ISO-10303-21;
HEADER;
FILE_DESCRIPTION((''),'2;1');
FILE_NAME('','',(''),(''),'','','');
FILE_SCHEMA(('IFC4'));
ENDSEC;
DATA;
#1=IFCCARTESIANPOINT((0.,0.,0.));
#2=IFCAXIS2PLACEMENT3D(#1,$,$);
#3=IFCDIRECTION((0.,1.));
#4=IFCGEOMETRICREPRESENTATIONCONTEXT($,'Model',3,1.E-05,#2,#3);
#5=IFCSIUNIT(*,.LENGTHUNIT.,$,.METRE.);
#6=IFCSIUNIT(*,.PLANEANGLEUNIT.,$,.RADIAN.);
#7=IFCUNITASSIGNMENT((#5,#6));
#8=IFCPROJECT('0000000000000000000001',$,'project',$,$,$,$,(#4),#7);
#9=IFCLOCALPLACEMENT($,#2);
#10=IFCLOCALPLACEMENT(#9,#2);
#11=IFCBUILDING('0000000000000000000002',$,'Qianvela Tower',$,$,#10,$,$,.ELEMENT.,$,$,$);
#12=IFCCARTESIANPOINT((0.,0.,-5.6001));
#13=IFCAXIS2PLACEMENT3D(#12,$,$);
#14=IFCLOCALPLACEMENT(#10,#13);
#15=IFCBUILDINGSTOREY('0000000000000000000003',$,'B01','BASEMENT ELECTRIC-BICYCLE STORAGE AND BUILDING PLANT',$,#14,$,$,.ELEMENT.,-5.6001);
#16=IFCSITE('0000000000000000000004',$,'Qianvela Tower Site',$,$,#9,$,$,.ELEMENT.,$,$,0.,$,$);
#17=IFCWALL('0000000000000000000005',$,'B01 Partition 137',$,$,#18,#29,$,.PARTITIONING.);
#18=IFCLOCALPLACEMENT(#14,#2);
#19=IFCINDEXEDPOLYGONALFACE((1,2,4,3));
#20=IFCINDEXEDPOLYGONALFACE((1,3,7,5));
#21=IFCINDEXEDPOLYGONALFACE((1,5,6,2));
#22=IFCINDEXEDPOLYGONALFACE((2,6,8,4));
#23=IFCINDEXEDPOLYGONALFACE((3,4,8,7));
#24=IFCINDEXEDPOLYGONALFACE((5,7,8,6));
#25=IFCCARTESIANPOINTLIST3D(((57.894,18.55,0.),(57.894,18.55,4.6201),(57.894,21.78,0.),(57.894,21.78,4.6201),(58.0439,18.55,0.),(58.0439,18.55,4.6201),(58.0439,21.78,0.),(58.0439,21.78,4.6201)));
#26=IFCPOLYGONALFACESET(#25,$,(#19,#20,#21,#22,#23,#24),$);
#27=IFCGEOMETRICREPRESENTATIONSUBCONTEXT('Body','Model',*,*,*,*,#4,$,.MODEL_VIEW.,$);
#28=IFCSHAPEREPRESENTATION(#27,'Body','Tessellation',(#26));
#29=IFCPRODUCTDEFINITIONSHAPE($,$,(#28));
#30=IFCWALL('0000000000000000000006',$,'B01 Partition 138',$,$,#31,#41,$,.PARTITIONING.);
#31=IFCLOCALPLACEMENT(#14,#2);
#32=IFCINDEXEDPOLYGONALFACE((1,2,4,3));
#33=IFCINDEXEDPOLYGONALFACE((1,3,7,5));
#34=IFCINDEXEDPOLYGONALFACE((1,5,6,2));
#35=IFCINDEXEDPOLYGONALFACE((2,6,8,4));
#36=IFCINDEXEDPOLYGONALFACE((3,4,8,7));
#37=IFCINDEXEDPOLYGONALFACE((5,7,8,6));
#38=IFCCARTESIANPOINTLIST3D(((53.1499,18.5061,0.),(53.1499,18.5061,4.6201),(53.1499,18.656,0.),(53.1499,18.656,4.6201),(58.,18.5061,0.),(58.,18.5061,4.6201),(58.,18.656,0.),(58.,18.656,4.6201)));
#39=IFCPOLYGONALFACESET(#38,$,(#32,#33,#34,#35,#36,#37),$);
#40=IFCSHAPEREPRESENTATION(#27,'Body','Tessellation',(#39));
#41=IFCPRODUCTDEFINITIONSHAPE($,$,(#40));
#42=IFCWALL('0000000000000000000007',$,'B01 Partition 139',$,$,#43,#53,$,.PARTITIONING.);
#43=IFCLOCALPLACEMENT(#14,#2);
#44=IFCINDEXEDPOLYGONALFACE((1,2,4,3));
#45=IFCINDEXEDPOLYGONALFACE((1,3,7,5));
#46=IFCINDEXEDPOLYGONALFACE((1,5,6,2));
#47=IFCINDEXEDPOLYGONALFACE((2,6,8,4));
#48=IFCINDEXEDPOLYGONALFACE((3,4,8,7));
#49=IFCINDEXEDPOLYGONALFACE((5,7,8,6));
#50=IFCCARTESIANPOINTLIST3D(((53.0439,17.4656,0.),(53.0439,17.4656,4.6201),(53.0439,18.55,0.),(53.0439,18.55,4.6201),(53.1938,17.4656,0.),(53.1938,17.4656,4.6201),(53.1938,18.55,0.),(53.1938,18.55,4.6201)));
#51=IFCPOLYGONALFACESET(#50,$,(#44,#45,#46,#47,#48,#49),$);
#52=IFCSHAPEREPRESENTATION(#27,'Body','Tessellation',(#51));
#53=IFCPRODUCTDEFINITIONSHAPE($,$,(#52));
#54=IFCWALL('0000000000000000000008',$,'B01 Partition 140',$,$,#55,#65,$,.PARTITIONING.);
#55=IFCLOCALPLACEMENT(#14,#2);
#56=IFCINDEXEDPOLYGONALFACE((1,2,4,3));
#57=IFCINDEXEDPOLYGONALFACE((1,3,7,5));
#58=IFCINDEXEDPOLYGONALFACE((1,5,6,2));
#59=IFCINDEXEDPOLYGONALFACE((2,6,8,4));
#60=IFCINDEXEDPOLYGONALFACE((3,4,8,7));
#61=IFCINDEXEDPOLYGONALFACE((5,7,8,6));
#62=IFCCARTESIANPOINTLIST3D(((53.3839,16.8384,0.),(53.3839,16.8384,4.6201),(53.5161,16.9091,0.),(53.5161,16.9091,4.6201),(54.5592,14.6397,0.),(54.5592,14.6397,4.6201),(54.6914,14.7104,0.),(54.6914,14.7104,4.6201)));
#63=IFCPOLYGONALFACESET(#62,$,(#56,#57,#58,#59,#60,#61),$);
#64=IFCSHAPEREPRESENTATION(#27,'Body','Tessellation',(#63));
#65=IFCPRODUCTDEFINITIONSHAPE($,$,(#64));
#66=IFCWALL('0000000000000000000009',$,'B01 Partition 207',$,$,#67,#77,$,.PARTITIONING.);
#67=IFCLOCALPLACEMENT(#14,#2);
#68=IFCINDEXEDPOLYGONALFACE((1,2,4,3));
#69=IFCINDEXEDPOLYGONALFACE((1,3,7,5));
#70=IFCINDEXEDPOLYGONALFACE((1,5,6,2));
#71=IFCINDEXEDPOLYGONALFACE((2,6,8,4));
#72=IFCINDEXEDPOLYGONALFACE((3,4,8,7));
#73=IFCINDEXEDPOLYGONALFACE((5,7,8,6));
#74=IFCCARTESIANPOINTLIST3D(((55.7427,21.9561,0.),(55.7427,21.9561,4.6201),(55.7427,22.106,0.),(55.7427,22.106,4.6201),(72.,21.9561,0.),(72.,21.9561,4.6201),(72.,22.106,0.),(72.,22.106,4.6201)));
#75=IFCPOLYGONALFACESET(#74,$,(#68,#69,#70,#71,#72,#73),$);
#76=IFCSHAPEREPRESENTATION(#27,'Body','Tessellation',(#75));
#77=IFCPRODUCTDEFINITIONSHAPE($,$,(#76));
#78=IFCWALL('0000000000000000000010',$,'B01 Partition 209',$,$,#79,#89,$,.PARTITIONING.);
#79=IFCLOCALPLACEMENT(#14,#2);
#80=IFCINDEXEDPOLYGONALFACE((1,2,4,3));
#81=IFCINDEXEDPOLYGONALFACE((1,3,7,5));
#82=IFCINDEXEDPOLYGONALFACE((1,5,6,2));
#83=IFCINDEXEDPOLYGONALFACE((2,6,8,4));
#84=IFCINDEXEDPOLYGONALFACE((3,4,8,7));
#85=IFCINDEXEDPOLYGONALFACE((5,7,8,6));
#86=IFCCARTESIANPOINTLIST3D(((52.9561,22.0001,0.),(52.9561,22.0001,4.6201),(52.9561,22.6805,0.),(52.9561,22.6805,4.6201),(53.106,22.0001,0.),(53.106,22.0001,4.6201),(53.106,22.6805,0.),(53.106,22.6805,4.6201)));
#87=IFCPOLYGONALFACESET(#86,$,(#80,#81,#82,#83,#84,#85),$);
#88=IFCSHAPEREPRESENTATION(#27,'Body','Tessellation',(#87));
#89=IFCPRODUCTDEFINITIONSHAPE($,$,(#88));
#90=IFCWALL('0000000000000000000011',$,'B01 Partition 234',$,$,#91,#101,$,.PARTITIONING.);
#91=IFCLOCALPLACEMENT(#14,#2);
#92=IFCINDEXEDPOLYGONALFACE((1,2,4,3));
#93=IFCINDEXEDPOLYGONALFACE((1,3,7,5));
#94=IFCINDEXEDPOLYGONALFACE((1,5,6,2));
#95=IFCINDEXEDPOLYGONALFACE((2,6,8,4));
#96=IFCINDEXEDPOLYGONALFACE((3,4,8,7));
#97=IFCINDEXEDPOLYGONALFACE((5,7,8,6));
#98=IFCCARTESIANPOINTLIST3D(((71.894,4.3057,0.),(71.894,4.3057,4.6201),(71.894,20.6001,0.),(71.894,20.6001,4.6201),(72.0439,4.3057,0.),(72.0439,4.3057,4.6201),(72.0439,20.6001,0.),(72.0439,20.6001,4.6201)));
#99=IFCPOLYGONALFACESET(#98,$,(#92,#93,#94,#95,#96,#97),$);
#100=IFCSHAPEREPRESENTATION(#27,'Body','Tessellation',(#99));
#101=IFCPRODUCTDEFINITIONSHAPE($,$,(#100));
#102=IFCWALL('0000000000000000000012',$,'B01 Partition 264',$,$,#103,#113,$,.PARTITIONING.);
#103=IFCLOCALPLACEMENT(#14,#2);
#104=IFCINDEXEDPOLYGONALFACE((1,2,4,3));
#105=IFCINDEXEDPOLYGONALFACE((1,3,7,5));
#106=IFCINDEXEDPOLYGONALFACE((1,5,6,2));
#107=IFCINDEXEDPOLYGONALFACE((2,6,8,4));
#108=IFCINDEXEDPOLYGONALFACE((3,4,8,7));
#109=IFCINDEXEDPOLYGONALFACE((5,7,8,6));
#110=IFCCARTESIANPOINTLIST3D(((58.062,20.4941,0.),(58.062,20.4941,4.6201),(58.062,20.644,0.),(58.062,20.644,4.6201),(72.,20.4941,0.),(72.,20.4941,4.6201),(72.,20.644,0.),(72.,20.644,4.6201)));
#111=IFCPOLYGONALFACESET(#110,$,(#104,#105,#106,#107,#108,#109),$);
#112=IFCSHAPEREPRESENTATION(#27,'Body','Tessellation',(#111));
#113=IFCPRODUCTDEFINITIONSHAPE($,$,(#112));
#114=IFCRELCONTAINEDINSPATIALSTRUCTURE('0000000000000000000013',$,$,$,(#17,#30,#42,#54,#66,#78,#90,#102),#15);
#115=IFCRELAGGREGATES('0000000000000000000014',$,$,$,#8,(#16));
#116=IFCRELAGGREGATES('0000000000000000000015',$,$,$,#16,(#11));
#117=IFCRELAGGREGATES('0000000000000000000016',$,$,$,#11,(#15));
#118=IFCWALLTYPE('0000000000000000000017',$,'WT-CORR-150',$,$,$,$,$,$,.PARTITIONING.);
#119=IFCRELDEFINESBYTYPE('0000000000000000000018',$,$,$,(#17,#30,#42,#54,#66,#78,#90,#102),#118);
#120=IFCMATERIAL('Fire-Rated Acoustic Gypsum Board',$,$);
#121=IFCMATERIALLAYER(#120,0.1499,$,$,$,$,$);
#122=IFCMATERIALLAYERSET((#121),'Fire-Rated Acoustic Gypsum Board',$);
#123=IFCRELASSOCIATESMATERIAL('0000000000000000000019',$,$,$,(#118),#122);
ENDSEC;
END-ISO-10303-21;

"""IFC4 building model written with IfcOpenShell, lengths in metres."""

from ifc_helpers import new_model, si_unit, direction, frame, frame_2d, origin, place, context, subcontext, project, spatial, rectangle, extrude, material, layer, layer_set, type_object, element, save


model = new_model("IFC4")

# Units and contexts
model_context = context("Model", 3, precision=1e-05, world=origin(), true_north=direction((0.0, 1.0)))
body_context = subcontext(model_context, "Body", "Model", "MODEL_VIEW")
ifc_project = project(units=[si_unit("LENGTHUNIT", "METRE"), si_unit("PLANEANGLEUNIT", "RADIAN")], contexts=[model_context])

# Site, building, storey
site_placement = place(None, origin())
site = spatial("IfcSite", under=ifc_project, at=site_placement, Name="Qianvela Tower Site", CompositionType="ELEMENT", RefElevation=0.0)
building_placement = place(site_placement, origin())
building = spatial("IfcBuilding", under=site, at=building_placement, Name="Qianvela Tower", CompositionType="ELEMENT")
storey_placement = place(building_placement, frame((0.0, 0.0, -5.6001)))
storey = spatial("IfcBuildingStorey", under=building, at=storey_placement, Name="B01", Description="BASEMENT ELECTRIC-BICYCLE STORAGE AND BUILDING PLANT", CompositionType="ELEMENT", Elevation=-5.6001)

# Walls
ifc_material_1 = material(Name="Fire-Rated Acoustic Gypsum Board")
ifc_layer = layer(ifc_material_1, 0.1499)
ifc_layer_set = layer_set([ifc_layer], Name="Fire-Rated Acoustic Gypsum Board")
wall_type = type_object("IfcWallType", Name="WT-CORR-150", PredefinedType="PARTITIONING", material=ifc_layer_set)
wall_1_placement = place(storey_placement, frame((57.969, 21.78, 0.0), z_axis=(0.0, 0.0, 1.0), x_axis=(0.0, -1.0, 0.0)))
element("IfcWall", 1, at=wall_1_placement, inside=storey, type_object=wall_type, Name="B01 Partition 137", PredefinedType="PARTITIONING", context=body_context, shape_type="SweptSolid", body=[
    extrude(rectangle(XDim=3.23, YDim=0.1499, at=frame_2d((1.615, 0.0))), origin(), (0.0, 0.0, 1.0), 4.6201),
])
wall_2_placement = place(storey_placement, frame((58.0, 18.5811, 0.0), z_axis=(0.0, 0.0, 1.0), x_axis=(-1.0, 0.0, 0.0)))
element("IfcWall", 2, at=wall_2_placement, inside=storey, type_object=wall_type, Name="B01 Partition 138", PredefinedType="PARTITIONING", context=body_context, shape_type="SweptSolid", body=[
    extrude(rectangle(XDim=4.8501, YDim=0.1499, at=frame_2d((2.425, 0.0))), origin(), (0.0, 0.0, 1.0), 4.6201),
])
wall_3_placement = place(storey_placement, frame((53.1189, 18.55, 0.0), z_axis=(0.0, 0.0, 1.0), x_axis=(0.0, -1.0, 0.0)))
element("IfcWall", 3, at=wall_3_placement, inside=storey, type_object=wall_type, Name="B01 Partition 139", PredefinedType="PARTITIONING", context=body_context, shape_type="SweptSolid", body=[
    extrude(rectangle(XDim=1.0845, YDim=0.1499, at=frame_2d((0.5422, 0.0))), origin(), (0.0, 0.0, 1.0), 4.6201),
])
wall_4_placement = place(storey_placement, frame((53.45, 16.8738, 0.0), z_axis=(0.0, 0.0, 1.0), x_axis=(0.471411, -0.881913, 0.0)))
element("IfcWall", 4, at=wall_4_placement, inside=storey, type_object=wall_type, Name="B01 Partition 140", PredefinedType="PARTITIONING", context=body_context, shape_type="SweptSolid", body=[
    extrude(rectangle(XDim=2.4932, YDim=0.1499, at=frame_2d((1.2466, 0.0))), origin(), (0.0, 0.0, 1.0), 4.6201),
])
wall_5_placement = place(storey_placement, frame((72.0, 22.031, 0.0), z_axis=(0.0, 0.0, 1.0), x_axis=(-1.0, 0.0, 0.0)))
element("IfcWall", 5, at=wall_5_placement, inside=storey, type_object=wall_type, Name="B01 Partition 207", PredefinedType="PARTITIONING", context=body_context, shape_type="SweptSolid", body=[
    extrude(rectangle(XDim=16.2573, YDim=0.1499, at=frame_2d((8.1287, 0.0))), origin(), (0.0, 0.0, 1.0), 4.6201),
])
wall_6_placement = place(storey_placement, frame((53.031, 22.0, 0.0), z_axis=(0.0, 0.0, 1.0), x_axis=(0.0, 1.0, 0.0)))
element("IfcWall", 6, at=wall_6_placement, inside=storey, type_object=wall_type, Name="B01 Partition 209", PredefinedType="PARTITIONING", context=body_context, shape_type="SweptSolid", body=[
    extrude(rectangle(XDim=0.6804, YDim=0.1499, at=frame_2d((0.3403, 0.0))), origin(), (0.0, 0.0, 1.0), 4.6201),
])
wall_7_placement = place(storey_placement, frame((71.969, 20.6001, 0.0), z_axis=(0.0, 0.0, 1.0), x_axis=(0.0, -1.0, 0.0)))
element("IfcWall", 7, at=wall_7_placement, inside=storey, type_object=wall_type, Name="B01 Partition 234", PredefinedType="PARTITIONING", context=body_context, shape_type="SweptSolid", body=[
    extrude(rectangle(XDim=16.2944, YDim=0.1499, at=frame_2d((8.1472, 0.0))), origin(), (0.0, 0.0, 1.0), 4.6201),
])
wall_8_placement = place(storey_placement, frame((58.062, 20.5691, 0.0), z_axis=(0.0, 0.0, 1.0), x_axis=(1.0, 0.0, 0.0)))
element("IfcWall", 8, at=wall_8_placement, inside=storey, type_object=wall_type, Name="B01 Partition 264", PredefinedType="PARTITIONING", context=body_context, shape_type="SweptSolid", body=[
    extrude(rectangle(XDim=13.938, YDim=0.1499, at=frame_2d((6.969, 0.0))), origin(), (0.0, 0.0, 1.0), 4.6201),
])

save(model, "model.ifc")
